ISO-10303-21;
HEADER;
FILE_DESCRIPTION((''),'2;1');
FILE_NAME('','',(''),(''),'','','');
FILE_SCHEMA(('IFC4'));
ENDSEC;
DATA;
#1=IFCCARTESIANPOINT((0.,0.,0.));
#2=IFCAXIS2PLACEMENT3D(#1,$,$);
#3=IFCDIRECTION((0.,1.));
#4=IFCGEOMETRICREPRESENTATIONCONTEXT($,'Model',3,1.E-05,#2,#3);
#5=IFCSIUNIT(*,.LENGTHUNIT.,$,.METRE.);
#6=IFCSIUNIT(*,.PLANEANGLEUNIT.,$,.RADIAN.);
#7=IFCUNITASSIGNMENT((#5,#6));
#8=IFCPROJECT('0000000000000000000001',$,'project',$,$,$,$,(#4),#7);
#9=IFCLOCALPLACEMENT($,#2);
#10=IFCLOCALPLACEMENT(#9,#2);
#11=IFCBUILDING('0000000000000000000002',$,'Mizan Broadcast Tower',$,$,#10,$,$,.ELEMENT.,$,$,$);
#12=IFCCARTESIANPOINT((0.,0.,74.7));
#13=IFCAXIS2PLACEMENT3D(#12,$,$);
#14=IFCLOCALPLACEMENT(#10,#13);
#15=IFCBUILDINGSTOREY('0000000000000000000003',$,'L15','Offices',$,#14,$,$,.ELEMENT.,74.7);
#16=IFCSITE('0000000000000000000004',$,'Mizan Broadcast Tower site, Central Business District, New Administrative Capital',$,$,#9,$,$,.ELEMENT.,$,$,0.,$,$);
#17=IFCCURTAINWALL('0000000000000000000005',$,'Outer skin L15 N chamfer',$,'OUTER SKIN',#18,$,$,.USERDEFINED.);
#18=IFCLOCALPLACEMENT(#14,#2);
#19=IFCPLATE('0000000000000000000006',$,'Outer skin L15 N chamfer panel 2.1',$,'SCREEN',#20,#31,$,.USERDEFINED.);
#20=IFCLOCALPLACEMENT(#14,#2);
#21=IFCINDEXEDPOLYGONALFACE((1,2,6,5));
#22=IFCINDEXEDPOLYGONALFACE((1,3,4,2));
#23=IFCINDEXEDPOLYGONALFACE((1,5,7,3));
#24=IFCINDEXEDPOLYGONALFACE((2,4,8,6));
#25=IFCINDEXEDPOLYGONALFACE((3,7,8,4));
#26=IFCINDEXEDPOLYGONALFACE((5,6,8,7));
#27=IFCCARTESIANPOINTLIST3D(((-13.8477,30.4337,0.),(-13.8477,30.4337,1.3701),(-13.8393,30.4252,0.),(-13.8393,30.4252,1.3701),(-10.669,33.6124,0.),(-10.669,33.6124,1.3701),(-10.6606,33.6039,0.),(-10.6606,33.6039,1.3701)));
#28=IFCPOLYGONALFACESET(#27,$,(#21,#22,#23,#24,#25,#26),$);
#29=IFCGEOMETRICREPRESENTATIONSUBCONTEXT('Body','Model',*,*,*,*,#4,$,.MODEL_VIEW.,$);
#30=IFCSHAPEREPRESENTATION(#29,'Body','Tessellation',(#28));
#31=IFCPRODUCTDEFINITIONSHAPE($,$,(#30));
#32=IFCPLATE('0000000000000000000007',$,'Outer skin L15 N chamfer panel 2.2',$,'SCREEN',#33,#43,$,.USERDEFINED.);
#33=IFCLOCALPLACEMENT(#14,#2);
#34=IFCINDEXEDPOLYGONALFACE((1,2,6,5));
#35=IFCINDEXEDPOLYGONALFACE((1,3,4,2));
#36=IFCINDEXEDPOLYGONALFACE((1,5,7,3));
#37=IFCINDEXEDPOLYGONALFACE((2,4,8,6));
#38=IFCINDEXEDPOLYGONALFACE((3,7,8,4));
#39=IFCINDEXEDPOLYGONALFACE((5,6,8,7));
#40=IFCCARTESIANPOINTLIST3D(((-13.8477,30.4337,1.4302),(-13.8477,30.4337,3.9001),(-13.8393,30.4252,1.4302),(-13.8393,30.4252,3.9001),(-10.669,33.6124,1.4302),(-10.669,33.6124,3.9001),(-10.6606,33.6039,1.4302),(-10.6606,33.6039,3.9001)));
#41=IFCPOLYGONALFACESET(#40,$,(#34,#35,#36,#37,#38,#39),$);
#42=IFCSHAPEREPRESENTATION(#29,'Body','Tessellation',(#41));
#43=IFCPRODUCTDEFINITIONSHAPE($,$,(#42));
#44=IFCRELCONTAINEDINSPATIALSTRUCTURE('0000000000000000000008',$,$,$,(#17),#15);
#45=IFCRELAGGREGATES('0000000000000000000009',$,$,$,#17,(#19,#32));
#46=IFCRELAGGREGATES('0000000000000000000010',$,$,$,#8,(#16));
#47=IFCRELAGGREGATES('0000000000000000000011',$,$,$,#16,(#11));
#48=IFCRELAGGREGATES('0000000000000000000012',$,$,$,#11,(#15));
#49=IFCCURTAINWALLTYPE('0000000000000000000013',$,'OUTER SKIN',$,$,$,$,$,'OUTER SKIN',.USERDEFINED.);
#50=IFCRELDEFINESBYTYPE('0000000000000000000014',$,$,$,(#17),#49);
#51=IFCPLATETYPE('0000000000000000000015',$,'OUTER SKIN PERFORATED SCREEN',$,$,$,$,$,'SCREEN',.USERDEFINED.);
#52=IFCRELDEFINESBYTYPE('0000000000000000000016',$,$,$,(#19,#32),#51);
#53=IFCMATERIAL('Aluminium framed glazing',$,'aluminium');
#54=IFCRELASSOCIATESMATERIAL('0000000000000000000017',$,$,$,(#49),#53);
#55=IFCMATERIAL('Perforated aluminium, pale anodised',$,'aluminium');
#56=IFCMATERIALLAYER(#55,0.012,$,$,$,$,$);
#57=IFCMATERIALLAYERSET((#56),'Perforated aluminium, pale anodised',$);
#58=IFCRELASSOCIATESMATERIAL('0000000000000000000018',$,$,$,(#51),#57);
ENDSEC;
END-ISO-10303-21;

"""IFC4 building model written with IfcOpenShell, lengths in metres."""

from ifc_helpers import new_model, si_unit, direction, frame, origin, origin_2d, place, context, subcontext, project, spatial, rectangle, extrude, material, layer, layer_set, type_object, element, aggregate, save


model = new_model("IFC4")

# Units and contexts
model_context = context("Model", 3, precision=1e-05, world=origin(), true_north=direction((0.0, 1.0)))
body_context = subcontext(model_context, "Body", "Model", "MODEL_VIEW")
ifc_project = project(units=[si_unit("LENGTHUNIT", "METRE"), si_unit("PLANEANGLEUNIT", "RADIAN")], contexts=[model_context])

# Site, building, storey
site_placement = place(None, origin())
site = spatial("IfcSite", under=ifc_project, at=site_placement, Name="Mizan Broadcast Tower site, Central Business District, New Administrative Capital", CompositionType="ELEMENT", RefElevation=0.0)
building_placement = place(site_placement, origin())
building = spatial("IfcBuilding", under=site, at=building_placement, Name="Mizan Broadcast Tower", CompositionType="ELEMENT")
storey_placement = place(building_placement, frame((0.0, 0.0, 74.7)))
storey = spatial("IfcBuildingStorey", under=building, at=storey_placement, Name="L15", Description="Offices", CompositionType="ELEMENT", Elevation=74.7)

# Curtain wall
ifc_material_1 = material(Name="Aluminium framed glazing", Category="aluminium")
curtain_wall_type_1 = type_object("IfcCurtainWallType", Name="OUTER SKIN", ElementType="OUTER SKIN", PredefinedType="USERDEFINED", material=ifc_material_1)
curtain_wall_1_placement = place(storey_placement, origin())
curtain_wall_1 = element("IfcCurtainWall", 1, at=curtain_wall_1_placement, inside=storey, type_object=curtain_wall_type_1, Name="Outer skin L15 N chamfer", ObjectType="OUTER SKIN", PredefinedType="USERDEFINED")

# Plates
ifc_material_2 = material(Name="Perforated aluminium, pale anodised", Category="aluminium")
ifc_layer_1 = layer(ifc_material_2, 0.012)
ifc_layer_set_1 = layer_set([ifc_layer_1], Name="Perforated aluminium, pale anodised")
plate_type_1 = type_object("IfcPlateType", Name="OUTER SKIN PERFORATED SCREEN", ElementType="SCREEN", PredefinedType="USERDEFINED", material=ifc_layer_set_1)
plate_1_placement = place(storey_placement, frame((-12.2542, 32.0188, 0.0), z_axis=(0.0, 0.0, 1.0), x_axis=(-0.707107, -0.707107, 0.0)))
plate_1 = element("IfcPlate", 2, at=plate_1_placement, type_object=plate_type_1, Name="Outer skin L15 N chamfer panel 2.1", ObjectType="SCREEN", PredefinedType="USERDEFINED", context=body_context, shape_type="SweptSolid", body=[
    extrude(rectangle(XDim=4.4954, YDim=0.012, at=origin_2d()), origin(), (0.0, 0.0, 1.0), 1.3701),
])
plate_2_placement = place(storey_placement, frame((-12.2542, 32.0188, 1.4302), z_axis=(0.0, 0.0, 1.0), x_axis=(-0.707107, -0.707107, 0.0)))
plate_2 = element("IfcPlate", 3, at=plate_2_placement, type_object=plate_type_1, Name="Outer skin L15 N chamfer panel 2.2", ObjectType="SCREEN", PredefinedType="USERDEFINED", context=body_context, shape_type="SweptSolid", body=[
    extrude(rectangle(XDim=4.4954, YDim=0.012, at=origin_2d()), origin(), (0.0, 0.0, 1.0), 2.47),
])
aggregate(curtain_wall_1, [plate_1, plate_2])

save(model, "model.ifc")
